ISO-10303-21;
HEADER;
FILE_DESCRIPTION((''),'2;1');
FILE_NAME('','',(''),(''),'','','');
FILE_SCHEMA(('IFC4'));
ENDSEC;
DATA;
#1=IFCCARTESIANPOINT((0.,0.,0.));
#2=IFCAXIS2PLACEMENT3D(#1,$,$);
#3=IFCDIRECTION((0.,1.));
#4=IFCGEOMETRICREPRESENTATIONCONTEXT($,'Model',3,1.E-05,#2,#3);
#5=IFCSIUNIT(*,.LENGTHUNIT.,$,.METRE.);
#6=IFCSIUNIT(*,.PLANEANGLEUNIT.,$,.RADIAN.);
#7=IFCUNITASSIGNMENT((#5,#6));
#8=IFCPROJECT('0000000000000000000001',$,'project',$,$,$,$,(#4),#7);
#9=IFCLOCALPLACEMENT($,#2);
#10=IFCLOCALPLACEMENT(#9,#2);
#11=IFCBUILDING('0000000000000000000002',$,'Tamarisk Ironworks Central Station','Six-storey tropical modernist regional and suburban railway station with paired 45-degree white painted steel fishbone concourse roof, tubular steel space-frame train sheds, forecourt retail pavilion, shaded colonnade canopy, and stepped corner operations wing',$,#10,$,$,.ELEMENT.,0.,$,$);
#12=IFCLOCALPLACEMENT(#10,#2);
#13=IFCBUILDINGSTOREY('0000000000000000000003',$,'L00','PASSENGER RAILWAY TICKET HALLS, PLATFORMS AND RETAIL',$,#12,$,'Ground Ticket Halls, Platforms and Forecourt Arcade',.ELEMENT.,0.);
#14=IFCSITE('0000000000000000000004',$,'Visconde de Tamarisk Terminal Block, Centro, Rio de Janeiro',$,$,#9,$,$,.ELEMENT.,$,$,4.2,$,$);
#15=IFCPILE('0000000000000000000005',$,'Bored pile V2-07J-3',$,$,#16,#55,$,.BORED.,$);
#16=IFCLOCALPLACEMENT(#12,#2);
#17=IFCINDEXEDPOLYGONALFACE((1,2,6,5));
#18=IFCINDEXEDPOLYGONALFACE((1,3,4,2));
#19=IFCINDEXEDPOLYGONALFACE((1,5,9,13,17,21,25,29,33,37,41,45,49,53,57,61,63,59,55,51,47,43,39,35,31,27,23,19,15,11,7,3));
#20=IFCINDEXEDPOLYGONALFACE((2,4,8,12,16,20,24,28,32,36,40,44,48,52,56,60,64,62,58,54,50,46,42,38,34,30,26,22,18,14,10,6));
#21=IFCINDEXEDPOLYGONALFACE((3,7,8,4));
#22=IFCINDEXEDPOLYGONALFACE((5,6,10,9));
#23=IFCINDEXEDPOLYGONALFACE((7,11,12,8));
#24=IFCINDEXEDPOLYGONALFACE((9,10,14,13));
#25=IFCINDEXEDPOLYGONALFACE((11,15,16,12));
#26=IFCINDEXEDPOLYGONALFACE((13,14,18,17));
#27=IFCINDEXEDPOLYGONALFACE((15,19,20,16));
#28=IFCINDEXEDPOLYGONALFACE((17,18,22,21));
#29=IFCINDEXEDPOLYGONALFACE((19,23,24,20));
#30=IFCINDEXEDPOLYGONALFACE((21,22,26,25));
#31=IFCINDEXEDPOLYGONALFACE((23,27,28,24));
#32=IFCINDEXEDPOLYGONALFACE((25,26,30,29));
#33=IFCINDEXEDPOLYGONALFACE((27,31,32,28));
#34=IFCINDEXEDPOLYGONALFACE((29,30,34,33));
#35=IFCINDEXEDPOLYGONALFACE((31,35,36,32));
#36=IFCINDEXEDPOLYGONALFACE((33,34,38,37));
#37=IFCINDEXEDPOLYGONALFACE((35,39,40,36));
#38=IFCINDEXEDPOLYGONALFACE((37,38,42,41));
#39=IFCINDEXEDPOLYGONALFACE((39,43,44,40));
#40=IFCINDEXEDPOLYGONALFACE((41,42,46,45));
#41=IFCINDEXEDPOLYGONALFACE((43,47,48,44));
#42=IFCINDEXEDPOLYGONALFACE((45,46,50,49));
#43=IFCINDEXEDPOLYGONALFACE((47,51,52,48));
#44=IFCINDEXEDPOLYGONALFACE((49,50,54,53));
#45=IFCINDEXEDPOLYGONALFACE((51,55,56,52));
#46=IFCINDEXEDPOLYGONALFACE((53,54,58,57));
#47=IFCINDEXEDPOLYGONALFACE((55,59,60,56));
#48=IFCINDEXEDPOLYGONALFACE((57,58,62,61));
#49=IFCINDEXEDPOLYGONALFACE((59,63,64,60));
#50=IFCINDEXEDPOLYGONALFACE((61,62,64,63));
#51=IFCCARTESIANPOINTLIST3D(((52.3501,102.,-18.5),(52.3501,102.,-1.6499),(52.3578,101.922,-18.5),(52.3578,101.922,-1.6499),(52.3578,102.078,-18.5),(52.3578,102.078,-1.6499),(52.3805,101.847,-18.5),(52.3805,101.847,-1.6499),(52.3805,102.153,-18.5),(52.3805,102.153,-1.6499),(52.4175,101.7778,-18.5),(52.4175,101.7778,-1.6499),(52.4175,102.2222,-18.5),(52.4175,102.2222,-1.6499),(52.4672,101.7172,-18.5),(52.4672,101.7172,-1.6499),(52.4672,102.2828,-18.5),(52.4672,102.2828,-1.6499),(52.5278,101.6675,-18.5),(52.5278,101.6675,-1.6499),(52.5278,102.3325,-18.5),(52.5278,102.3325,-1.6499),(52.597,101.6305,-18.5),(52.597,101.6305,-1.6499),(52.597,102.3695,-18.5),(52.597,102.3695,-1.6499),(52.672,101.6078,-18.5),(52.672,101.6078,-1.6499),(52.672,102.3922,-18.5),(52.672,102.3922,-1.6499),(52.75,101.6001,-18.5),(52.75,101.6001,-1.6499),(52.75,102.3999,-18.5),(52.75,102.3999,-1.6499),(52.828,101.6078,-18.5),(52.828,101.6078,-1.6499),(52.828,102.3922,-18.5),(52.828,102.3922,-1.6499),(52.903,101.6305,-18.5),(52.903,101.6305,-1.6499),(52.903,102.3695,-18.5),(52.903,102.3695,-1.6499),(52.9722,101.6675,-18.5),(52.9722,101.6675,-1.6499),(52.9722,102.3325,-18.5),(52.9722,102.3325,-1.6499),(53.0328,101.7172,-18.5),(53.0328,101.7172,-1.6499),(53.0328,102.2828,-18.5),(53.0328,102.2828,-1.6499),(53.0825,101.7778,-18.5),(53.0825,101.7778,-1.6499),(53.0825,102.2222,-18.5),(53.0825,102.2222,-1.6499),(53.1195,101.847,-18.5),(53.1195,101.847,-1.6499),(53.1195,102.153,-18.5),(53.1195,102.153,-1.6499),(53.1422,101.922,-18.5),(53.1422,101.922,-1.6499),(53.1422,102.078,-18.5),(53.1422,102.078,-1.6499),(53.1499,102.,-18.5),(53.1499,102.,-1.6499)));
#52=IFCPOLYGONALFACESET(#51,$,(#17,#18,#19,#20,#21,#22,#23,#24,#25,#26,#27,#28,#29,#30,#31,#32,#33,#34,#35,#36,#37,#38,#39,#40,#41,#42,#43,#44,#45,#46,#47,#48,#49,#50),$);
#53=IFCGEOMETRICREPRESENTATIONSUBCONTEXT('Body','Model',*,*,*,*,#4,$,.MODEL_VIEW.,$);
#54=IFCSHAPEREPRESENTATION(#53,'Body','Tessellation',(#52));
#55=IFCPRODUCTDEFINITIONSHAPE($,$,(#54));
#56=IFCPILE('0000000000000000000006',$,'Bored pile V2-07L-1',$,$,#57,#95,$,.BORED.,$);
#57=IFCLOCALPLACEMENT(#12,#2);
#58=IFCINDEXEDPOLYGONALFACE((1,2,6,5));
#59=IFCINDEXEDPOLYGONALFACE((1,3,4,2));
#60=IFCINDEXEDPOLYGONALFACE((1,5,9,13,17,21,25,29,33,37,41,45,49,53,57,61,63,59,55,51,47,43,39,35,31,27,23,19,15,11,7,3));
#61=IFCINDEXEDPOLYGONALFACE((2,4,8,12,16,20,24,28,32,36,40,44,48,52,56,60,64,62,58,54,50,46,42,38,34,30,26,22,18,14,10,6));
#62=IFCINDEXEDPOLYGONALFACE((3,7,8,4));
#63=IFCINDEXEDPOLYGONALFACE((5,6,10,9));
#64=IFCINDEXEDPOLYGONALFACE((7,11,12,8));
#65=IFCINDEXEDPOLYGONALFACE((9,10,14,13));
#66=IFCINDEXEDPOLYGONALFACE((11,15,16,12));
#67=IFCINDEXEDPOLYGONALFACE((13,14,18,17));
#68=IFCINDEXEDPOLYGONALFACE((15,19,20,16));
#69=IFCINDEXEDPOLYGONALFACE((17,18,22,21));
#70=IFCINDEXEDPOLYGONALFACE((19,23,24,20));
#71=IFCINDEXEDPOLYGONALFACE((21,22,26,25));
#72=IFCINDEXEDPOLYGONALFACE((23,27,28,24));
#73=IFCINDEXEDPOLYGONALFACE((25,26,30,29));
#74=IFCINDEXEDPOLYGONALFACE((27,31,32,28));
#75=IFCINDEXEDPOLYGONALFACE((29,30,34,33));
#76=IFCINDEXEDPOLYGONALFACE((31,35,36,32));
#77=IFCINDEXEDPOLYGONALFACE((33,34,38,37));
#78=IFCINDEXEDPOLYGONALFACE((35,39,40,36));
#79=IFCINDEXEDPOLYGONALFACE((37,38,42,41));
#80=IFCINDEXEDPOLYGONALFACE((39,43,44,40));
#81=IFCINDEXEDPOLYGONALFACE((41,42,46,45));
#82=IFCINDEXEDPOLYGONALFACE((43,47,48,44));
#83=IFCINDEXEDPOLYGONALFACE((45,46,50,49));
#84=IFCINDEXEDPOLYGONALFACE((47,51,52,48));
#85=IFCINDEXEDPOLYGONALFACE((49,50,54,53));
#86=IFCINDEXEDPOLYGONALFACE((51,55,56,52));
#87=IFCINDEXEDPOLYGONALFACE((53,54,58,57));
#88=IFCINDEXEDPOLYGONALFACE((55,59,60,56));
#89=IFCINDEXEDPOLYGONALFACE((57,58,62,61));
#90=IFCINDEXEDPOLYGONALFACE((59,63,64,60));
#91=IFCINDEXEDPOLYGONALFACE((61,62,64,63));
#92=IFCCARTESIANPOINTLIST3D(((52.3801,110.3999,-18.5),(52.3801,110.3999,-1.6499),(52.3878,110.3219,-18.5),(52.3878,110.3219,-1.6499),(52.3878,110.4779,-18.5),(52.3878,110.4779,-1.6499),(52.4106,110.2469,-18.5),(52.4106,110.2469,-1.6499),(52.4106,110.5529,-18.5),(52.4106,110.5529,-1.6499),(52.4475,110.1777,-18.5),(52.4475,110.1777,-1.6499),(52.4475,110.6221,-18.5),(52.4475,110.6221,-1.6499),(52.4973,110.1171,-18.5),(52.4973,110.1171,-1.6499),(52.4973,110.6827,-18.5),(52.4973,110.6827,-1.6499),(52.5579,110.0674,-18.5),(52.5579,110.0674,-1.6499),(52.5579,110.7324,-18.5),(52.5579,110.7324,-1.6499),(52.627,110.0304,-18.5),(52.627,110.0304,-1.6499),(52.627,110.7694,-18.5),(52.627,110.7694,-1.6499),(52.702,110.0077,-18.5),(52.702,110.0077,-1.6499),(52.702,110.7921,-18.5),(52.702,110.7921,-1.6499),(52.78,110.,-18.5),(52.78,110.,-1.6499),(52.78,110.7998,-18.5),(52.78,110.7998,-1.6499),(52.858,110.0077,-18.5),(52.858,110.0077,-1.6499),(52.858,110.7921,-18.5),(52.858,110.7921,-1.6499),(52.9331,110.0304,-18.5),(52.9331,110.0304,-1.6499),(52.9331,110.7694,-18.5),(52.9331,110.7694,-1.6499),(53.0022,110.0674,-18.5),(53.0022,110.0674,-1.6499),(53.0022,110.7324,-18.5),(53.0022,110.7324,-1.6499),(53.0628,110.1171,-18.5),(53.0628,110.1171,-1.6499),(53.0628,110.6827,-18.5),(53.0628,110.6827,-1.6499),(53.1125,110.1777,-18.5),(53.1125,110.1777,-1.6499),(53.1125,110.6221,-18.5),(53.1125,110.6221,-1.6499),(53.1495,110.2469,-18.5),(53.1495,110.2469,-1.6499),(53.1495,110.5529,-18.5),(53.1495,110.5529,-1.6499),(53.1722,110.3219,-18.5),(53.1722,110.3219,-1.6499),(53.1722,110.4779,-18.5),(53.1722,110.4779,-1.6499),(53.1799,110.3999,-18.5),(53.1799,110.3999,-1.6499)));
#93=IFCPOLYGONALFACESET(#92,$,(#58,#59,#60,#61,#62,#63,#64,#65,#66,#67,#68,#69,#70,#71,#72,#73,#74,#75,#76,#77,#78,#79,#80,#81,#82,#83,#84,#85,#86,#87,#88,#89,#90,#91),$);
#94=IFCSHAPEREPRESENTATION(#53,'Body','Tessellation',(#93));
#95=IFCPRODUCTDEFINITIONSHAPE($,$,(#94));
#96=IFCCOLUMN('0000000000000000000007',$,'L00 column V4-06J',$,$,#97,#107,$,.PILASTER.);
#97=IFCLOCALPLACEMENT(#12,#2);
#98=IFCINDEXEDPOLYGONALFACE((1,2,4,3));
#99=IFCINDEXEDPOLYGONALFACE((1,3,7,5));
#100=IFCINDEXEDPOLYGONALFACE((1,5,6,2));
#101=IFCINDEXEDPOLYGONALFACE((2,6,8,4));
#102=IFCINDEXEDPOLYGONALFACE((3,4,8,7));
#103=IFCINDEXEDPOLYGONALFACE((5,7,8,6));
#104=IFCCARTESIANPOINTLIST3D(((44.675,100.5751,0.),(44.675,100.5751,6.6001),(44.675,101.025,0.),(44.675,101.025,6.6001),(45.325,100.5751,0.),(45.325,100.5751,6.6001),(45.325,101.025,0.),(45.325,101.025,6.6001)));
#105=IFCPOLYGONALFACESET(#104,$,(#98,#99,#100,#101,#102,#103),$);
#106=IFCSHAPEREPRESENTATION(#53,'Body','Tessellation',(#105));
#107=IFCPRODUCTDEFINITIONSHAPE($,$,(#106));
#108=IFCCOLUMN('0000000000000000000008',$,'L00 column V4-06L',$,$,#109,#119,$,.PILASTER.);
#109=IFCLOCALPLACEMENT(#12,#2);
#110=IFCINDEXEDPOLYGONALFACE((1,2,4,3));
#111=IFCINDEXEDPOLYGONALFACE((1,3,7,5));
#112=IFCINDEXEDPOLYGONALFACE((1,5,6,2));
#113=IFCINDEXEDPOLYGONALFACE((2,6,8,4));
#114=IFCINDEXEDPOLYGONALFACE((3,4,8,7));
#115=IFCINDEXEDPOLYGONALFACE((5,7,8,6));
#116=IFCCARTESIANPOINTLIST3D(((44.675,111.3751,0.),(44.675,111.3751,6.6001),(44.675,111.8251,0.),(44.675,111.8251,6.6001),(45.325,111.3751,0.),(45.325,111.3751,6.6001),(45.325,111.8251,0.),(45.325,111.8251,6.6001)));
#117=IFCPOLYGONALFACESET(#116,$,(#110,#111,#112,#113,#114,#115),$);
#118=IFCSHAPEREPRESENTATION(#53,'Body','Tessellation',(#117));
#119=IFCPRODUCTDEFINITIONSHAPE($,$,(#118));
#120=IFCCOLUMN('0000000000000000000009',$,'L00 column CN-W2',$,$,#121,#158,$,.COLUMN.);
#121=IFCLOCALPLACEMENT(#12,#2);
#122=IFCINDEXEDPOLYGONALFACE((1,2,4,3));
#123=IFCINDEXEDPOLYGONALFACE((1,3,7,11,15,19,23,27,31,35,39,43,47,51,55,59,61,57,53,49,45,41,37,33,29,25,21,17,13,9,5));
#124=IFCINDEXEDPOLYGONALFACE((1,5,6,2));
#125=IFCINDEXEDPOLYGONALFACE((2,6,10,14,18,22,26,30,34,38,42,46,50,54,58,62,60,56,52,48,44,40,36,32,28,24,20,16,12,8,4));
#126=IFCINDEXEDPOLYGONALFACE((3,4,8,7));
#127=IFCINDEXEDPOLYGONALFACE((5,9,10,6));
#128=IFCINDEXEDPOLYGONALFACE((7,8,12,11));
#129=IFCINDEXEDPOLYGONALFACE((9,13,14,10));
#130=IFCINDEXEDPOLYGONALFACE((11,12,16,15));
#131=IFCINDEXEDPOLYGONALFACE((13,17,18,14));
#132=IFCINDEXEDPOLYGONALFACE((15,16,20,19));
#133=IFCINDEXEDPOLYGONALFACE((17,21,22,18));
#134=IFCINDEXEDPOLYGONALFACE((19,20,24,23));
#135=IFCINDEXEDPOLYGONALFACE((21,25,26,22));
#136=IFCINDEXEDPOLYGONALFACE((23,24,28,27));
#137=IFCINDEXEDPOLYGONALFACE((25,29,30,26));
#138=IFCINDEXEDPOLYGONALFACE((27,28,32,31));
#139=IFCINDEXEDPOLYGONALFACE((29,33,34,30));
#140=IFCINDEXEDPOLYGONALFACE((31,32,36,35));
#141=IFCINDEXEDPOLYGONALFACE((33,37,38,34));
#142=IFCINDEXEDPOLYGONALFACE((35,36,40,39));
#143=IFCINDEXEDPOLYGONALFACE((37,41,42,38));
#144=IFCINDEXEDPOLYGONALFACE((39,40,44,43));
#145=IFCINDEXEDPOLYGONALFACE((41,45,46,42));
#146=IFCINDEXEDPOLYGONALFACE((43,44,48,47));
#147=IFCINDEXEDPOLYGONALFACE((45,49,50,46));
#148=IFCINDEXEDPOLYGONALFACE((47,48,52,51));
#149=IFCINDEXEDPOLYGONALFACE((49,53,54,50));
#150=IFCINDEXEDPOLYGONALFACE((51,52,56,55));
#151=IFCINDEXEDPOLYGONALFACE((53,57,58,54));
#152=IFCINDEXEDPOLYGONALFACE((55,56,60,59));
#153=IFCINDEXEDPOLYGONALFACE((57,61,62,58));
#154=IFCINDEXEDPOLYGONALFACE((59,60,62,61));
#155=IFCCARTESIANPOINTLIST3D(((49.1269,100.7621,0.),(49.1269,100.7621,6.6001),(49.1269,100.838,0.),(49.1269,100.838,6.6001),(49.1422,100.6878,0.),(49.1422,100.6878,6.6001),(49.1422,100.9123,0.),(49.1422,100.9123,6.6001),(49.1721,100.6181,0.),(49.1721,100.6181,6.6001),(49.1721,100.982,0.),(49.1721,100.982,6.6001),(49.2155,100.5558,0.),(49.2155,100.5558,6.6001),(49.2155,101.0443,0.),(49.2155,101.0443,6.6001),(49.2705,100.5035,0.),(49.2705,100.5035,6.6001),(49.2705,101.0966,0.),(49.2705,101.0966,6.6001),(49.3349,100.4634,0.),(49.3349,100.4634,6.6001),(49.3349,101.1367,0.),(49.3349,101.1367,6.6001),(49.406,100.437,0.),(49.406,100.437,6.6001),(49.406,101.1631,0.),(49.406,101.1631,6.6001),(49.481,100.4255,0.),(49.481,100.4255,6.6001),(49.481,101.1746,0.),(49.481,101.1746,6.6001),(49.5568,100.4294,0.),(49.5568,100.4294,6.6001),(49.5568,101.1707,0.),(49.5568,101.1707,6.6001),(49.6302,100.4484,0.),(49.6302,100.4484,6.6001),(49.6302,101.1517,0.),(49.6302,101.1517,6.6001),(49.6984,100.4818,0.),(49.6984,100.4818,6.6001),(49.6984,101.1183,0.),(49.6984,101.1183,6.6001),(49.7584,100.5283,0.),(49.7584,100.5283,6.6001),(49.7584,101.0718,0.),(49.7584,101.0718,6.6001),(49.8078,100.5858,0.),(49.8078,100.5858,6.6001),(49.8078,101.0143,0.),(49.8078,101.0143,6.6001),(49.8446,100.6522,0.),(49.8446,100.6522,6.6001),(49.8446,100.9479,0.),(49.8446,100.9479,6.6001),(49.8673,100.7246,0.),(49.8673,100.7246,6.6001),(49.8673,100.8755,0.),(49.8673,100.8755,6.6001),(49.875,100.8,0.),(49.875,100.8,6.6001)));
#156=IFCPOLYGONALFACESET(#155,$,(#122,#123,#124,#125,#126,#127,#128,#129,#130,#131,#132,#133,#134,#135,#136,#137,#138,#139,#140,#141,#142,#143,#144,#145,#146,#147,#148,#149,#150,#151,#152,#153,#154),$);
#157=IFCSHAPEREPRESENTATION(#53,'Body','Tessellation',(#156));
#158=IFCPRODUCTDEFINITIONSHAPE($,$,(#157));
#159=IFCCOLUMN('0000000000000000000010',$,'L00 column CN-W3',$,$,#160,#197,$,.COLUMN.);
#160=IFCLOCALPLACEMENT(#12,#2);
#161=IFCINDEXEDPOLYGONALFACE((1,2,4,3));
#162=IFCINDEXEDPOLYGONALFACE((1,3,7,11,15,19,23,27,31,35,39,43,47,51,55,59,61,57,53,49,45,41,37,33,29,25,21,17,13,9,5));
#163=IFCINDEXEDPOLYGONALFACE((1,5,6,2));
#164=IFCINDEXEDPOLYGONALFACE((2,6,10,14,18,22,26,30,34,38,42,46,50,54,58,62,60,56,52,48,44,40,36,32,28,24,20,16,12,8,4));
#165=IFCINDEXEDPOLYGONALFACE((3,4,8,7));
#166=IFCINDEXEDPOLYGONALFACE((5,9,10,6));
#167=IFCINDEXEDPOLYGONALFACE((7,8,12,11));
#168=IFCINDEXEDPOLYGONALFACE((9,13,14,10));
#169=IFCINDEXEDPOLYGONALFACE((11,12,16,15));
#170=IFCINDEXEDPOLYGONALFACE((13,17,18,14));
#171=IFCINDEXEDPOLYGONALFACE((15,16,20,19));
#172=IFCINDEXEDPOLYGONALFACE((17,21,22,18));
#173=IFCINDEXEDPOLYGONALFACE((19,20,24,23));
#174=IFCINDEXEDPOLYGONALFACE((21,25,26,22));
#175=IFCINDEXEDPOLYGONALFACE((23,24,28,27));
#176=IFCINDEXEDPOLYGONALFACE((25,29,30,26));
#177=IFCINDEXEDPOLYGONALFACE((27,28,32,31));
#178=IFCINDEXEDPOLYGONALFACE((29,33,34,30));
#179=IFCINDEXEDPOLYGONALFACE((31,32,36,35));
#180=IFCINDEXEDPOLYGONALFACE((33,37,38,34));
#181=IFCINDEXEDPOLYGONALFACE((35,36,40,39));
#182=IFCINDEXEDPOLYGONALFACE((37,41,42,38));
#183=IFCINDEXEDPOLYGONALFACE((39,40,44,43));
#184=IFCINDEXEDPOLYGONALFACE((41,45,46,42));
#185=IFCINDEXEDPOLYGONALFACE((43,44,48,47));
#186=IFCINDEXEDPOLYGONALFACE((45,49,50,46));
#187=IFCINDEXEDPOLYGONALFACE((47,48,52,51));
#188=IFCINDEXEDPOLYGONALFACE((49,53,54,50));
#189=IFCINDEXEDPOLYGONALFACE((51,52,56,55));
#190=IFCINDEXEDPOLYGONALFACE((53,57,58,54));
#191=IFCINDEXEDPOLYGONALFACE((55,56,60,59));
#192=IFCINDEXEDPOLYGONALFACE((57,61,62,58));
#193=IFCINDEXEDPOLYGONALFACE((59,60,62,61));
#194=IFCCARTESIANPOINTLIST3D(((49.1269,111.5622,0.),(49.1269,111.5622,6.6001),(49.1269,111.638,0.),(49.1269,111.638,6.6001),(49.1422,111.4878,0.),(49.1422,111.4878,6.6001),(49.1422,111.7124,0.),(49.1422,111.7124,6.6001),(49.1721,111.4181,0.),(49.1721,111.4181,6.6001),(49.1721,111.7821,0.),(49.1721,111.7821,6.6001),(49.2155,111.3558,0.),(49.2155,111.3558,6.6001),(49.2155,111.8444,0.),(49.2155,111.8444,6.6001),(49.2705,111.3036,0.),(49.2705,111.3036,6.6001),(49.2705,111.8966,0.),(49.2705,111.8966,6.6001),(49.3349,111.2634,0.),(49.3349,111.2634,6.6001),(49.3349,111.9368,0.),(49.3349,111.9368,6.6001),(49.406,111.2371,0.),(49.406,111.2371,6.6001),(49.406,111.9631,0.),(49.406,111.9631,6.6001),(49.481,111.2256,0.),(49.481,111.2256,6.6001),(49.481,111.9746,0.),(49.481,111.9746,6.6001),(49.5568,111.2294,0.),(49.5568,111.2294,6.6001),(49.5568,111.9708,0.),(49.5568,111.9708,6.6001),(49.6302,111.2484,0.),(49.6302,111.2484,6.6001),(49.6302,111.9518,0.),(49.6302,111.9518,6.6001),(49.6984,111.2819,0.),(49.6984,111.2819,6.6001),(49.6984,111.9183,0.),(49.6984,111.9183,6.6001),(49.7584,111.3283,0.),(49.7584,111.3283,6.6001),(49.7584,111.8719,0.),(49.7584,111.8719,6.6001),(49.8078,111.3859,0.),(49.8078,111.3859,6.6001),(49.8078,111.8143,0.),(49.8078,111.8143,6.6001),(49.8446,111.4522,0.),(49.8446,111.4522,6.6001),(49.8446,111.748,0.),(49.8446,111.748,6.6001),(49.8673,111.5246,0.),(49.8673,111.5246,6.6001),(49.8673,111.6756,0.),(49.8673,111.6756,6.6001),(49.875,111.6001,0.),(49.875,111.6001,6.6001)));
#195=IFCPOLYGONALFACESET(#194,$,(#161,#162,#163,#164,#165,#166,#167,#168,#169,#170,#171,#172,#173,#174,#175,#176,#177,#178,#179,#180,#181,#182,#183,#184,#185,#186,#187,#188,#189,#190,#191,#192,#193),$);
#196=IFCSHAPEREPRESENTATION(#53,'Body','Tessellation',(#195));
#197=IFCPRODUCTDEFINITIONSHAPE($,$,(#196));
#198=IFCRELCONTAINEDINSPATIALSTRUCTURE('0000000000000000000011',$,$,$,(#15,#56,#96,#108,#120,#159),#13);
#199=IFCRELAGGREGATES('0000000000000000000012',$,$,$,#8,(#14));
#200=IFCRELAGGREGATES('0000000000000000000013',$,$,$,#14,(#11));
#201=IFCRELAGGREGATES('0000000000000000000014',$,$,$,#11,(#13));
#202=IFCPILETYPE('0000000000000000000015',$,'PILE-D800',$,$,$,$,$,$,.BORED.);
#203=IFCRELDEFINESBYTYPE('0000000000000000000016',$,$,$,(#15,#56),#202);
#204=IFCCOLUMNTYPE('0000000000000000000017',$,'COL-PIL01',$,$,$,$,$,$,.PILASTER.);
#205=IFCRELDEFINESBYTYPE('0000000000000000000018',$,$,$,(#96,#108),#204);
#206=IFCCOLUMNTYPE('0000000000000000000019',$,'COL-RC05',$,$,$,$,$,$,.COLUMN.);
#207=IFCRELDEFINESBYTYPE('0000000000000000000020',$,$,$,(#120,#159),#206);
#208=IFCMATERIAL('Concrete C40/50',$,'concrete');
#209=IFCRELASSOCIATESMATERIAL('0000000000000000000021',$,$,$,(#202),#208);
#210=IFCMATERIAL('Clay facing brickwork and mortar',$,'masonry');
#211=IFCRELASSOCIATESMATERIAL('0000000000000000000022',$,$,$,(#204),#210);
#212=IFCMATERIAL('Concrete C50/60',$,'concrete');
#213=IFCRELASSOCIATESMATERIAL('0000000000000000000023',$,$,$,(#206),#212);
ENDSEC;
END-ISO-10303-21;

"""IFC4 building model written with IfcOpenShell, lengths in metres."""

from ifc_helpers import new_model, si_unit, direction, frame, origin, origin_2d, place, context, subcontext, project, spatial, rectangle, circle, extrude, material, material_profile, profile_set, type_object, element, save


model = new_model("IFC4")

# Units and contexts
model_context = context("Model", 3, precision=1e-05, world=origin(), true_north=direction((0.0, 1.0)))
body_context = subcontext(model_context, "Body", "Model", "MODEL_VIEW")
ifc_project = project(units=[si_unit("LENGTHUNIT", "METRE"), si_unit("PLANEANGLEUNIT", "RADIAN")], contexts=[model_context])

# Site, building, storey
site_placement = place(None, origin())
site = spatial("IfcSite", under=ifc_project, at=site_placement, Name="Visconde de Tamarisk Terminal Block, Centro, Rio de Janeiro", CompositionType="ELEMENT", RefElevation=4.2)
building_placement = place(site_placement, origin())
building = spatial("IfcBuilding", under=site, at=building_placement, Name="Tamarisk Ironworks Central Station", Description="Six-storey tropical modernist regional and suburban railway station with paired 45-degree white painted steel fishbone concourse roof, tubular steel space-frame train sheds, forecourt retail pavilion, shaded colonnade canopy, and stepped corner operations wing", CompositionType="ELEMENT", ElevationOfRefHeight=0.0)
storey_placement = place(building_placement, origin())
storey = spatial("IfcBuildingStorey", under=building, at=storey_placement, Name="L00", Description="PASSENGER RAILWAY TICKET HALLS, PLATFORMS AND RETAIL", LongName="Ground Ticket Halls, Platforms and Forecourt Arcade", CompositionType="ELEMENT", Elevation=0.0)

# Shared definitions
ifc_material_1 = material(Name="Concrete C40/50", Category="concrete")

# Piles
ifc_material_profile_1 = material_profile(ifc_material_1, circle(Radius=0.3999, at=origin_2d()), Name="BORED PILE D800")
ifc_profile_set_1 = profile_set([ifc_material_profile_1], Name="Concrete C40/50")
pile_type = type_object("IfcPileType", Name="PILE-D800", PredefinedType="BORED", material=ifc_profile_set_1)
for number, where, z_axis, x_axis, name in (
    (1, (52.75, 102.0, -1.6499), (0.0, 0.0, -1.0), (1.0, 0.0, 0.0), "Bored pile V2-07J-3"),
    (2, (52.78, 110.3999, -1.6499), (0.0, 0.0, -1.0), (1.0, 0.0, 0.0), "Bored pile V2-07L-1"),
):
    element("IfcPile", number, at=place(storey_placement, frame(where, z_axis=z_axis, x_axis=x_axis)), inside=storey, type_object=pile_type, Name=name, PredefinedType="BORED", context=body_context, shape_type="SweptSolid", body=[
        extrude(circle(Radius=0.3999, at=origin_2d()), origin(), (0.0, 0.0, 1.0), 16.8501),
    ])

# Columns
ifc_material_2 = material(Name="Clay facing brickwork and mortar", Category="masonry")
ifc_material_profile_2 = material_profile(ifc_material_2, rectangle(XDim=0.6499, YDim=0.45, at=origin_2d()), Name="PIL 650x450")
ifc_profile_set_2 = profile_set([ifc_material_profile_2], Name="Clay facing brickwork and mortar")
column_type_1 = type_object("IfcColumnType", Name="COL-PIL01", PredefinedType="PILASTER", material=ifc_profile_set_2)
for number, where, z_axis, x_axis, name in (
    (3, (45.0, 100.8, 0.0), (0.0, 0.0, 1.0), (1.0, 0.0, 0.0), "L00 column V4-06J"),
    (4, (45.0, 111.6001, 0.0), (0.0, 0.0, 1.0), (1.0, 0.0, 0.0), "L00 column V4-06L"),
):
    element("IfcColumn", number, at=place(storey_placement, frame(where, z_axis=z_axis, x_axis=x_axis)), inside=storey, type_object=column_type_1, Name=name, PredefinedType="PILASTER", context=body_context, shape_type="SweptSolid", body=[
        extrude(rectangle(XDim=0.6499, YDim=0.45, at=origin_2d()), origin(), (0.0, 0.0, 1.0), 6.6001),
    ])
ifc_material_3 = material(Name="Concrete C50/60", Category="concrete")
ifc_material_profile_3 = material_profile(ifc_material_3, circle(Radius=0.375, at=origin_2d()), Name="RC D750")
ifc_profile_set_3 = profile_set([ifc_material_profile_3], Name="Concrete C50/60")
column_type_2 = type_object("IfcColumnType", Name="COL-RC05", PredefinedType="COLUMN", material=ifc_profile_set_3)
for number, where, z_axis, x_axis, name in (
    (5, (49.5, 100.8, 0.0), (0.0, 0.0, 1.0), (1.0, 0.0, 0.0), "L00 column CN-W2"),
    (6, (49.5, 111.6001, 0.0), (0.0, 0.0, 1.0), (1.0, 0.0, 0.0), "L00 column CN-W3"),
):
    element("IfcColumn", number, at=place(storey_placement, frame(where, z_axis=z_axis, x_axis=x_axis)), inside=storey, type_object=column_type_2, Name=name, PredefinedType="COLUMN", context=body_context, shape_type="SweptSolid", body=[
        extrude(circle(Radius=0.375, at=origin_2d()), origin(), (0.0, 0.0, 1.0), 6.6001),
    ])

save(model, "model.ifc")
